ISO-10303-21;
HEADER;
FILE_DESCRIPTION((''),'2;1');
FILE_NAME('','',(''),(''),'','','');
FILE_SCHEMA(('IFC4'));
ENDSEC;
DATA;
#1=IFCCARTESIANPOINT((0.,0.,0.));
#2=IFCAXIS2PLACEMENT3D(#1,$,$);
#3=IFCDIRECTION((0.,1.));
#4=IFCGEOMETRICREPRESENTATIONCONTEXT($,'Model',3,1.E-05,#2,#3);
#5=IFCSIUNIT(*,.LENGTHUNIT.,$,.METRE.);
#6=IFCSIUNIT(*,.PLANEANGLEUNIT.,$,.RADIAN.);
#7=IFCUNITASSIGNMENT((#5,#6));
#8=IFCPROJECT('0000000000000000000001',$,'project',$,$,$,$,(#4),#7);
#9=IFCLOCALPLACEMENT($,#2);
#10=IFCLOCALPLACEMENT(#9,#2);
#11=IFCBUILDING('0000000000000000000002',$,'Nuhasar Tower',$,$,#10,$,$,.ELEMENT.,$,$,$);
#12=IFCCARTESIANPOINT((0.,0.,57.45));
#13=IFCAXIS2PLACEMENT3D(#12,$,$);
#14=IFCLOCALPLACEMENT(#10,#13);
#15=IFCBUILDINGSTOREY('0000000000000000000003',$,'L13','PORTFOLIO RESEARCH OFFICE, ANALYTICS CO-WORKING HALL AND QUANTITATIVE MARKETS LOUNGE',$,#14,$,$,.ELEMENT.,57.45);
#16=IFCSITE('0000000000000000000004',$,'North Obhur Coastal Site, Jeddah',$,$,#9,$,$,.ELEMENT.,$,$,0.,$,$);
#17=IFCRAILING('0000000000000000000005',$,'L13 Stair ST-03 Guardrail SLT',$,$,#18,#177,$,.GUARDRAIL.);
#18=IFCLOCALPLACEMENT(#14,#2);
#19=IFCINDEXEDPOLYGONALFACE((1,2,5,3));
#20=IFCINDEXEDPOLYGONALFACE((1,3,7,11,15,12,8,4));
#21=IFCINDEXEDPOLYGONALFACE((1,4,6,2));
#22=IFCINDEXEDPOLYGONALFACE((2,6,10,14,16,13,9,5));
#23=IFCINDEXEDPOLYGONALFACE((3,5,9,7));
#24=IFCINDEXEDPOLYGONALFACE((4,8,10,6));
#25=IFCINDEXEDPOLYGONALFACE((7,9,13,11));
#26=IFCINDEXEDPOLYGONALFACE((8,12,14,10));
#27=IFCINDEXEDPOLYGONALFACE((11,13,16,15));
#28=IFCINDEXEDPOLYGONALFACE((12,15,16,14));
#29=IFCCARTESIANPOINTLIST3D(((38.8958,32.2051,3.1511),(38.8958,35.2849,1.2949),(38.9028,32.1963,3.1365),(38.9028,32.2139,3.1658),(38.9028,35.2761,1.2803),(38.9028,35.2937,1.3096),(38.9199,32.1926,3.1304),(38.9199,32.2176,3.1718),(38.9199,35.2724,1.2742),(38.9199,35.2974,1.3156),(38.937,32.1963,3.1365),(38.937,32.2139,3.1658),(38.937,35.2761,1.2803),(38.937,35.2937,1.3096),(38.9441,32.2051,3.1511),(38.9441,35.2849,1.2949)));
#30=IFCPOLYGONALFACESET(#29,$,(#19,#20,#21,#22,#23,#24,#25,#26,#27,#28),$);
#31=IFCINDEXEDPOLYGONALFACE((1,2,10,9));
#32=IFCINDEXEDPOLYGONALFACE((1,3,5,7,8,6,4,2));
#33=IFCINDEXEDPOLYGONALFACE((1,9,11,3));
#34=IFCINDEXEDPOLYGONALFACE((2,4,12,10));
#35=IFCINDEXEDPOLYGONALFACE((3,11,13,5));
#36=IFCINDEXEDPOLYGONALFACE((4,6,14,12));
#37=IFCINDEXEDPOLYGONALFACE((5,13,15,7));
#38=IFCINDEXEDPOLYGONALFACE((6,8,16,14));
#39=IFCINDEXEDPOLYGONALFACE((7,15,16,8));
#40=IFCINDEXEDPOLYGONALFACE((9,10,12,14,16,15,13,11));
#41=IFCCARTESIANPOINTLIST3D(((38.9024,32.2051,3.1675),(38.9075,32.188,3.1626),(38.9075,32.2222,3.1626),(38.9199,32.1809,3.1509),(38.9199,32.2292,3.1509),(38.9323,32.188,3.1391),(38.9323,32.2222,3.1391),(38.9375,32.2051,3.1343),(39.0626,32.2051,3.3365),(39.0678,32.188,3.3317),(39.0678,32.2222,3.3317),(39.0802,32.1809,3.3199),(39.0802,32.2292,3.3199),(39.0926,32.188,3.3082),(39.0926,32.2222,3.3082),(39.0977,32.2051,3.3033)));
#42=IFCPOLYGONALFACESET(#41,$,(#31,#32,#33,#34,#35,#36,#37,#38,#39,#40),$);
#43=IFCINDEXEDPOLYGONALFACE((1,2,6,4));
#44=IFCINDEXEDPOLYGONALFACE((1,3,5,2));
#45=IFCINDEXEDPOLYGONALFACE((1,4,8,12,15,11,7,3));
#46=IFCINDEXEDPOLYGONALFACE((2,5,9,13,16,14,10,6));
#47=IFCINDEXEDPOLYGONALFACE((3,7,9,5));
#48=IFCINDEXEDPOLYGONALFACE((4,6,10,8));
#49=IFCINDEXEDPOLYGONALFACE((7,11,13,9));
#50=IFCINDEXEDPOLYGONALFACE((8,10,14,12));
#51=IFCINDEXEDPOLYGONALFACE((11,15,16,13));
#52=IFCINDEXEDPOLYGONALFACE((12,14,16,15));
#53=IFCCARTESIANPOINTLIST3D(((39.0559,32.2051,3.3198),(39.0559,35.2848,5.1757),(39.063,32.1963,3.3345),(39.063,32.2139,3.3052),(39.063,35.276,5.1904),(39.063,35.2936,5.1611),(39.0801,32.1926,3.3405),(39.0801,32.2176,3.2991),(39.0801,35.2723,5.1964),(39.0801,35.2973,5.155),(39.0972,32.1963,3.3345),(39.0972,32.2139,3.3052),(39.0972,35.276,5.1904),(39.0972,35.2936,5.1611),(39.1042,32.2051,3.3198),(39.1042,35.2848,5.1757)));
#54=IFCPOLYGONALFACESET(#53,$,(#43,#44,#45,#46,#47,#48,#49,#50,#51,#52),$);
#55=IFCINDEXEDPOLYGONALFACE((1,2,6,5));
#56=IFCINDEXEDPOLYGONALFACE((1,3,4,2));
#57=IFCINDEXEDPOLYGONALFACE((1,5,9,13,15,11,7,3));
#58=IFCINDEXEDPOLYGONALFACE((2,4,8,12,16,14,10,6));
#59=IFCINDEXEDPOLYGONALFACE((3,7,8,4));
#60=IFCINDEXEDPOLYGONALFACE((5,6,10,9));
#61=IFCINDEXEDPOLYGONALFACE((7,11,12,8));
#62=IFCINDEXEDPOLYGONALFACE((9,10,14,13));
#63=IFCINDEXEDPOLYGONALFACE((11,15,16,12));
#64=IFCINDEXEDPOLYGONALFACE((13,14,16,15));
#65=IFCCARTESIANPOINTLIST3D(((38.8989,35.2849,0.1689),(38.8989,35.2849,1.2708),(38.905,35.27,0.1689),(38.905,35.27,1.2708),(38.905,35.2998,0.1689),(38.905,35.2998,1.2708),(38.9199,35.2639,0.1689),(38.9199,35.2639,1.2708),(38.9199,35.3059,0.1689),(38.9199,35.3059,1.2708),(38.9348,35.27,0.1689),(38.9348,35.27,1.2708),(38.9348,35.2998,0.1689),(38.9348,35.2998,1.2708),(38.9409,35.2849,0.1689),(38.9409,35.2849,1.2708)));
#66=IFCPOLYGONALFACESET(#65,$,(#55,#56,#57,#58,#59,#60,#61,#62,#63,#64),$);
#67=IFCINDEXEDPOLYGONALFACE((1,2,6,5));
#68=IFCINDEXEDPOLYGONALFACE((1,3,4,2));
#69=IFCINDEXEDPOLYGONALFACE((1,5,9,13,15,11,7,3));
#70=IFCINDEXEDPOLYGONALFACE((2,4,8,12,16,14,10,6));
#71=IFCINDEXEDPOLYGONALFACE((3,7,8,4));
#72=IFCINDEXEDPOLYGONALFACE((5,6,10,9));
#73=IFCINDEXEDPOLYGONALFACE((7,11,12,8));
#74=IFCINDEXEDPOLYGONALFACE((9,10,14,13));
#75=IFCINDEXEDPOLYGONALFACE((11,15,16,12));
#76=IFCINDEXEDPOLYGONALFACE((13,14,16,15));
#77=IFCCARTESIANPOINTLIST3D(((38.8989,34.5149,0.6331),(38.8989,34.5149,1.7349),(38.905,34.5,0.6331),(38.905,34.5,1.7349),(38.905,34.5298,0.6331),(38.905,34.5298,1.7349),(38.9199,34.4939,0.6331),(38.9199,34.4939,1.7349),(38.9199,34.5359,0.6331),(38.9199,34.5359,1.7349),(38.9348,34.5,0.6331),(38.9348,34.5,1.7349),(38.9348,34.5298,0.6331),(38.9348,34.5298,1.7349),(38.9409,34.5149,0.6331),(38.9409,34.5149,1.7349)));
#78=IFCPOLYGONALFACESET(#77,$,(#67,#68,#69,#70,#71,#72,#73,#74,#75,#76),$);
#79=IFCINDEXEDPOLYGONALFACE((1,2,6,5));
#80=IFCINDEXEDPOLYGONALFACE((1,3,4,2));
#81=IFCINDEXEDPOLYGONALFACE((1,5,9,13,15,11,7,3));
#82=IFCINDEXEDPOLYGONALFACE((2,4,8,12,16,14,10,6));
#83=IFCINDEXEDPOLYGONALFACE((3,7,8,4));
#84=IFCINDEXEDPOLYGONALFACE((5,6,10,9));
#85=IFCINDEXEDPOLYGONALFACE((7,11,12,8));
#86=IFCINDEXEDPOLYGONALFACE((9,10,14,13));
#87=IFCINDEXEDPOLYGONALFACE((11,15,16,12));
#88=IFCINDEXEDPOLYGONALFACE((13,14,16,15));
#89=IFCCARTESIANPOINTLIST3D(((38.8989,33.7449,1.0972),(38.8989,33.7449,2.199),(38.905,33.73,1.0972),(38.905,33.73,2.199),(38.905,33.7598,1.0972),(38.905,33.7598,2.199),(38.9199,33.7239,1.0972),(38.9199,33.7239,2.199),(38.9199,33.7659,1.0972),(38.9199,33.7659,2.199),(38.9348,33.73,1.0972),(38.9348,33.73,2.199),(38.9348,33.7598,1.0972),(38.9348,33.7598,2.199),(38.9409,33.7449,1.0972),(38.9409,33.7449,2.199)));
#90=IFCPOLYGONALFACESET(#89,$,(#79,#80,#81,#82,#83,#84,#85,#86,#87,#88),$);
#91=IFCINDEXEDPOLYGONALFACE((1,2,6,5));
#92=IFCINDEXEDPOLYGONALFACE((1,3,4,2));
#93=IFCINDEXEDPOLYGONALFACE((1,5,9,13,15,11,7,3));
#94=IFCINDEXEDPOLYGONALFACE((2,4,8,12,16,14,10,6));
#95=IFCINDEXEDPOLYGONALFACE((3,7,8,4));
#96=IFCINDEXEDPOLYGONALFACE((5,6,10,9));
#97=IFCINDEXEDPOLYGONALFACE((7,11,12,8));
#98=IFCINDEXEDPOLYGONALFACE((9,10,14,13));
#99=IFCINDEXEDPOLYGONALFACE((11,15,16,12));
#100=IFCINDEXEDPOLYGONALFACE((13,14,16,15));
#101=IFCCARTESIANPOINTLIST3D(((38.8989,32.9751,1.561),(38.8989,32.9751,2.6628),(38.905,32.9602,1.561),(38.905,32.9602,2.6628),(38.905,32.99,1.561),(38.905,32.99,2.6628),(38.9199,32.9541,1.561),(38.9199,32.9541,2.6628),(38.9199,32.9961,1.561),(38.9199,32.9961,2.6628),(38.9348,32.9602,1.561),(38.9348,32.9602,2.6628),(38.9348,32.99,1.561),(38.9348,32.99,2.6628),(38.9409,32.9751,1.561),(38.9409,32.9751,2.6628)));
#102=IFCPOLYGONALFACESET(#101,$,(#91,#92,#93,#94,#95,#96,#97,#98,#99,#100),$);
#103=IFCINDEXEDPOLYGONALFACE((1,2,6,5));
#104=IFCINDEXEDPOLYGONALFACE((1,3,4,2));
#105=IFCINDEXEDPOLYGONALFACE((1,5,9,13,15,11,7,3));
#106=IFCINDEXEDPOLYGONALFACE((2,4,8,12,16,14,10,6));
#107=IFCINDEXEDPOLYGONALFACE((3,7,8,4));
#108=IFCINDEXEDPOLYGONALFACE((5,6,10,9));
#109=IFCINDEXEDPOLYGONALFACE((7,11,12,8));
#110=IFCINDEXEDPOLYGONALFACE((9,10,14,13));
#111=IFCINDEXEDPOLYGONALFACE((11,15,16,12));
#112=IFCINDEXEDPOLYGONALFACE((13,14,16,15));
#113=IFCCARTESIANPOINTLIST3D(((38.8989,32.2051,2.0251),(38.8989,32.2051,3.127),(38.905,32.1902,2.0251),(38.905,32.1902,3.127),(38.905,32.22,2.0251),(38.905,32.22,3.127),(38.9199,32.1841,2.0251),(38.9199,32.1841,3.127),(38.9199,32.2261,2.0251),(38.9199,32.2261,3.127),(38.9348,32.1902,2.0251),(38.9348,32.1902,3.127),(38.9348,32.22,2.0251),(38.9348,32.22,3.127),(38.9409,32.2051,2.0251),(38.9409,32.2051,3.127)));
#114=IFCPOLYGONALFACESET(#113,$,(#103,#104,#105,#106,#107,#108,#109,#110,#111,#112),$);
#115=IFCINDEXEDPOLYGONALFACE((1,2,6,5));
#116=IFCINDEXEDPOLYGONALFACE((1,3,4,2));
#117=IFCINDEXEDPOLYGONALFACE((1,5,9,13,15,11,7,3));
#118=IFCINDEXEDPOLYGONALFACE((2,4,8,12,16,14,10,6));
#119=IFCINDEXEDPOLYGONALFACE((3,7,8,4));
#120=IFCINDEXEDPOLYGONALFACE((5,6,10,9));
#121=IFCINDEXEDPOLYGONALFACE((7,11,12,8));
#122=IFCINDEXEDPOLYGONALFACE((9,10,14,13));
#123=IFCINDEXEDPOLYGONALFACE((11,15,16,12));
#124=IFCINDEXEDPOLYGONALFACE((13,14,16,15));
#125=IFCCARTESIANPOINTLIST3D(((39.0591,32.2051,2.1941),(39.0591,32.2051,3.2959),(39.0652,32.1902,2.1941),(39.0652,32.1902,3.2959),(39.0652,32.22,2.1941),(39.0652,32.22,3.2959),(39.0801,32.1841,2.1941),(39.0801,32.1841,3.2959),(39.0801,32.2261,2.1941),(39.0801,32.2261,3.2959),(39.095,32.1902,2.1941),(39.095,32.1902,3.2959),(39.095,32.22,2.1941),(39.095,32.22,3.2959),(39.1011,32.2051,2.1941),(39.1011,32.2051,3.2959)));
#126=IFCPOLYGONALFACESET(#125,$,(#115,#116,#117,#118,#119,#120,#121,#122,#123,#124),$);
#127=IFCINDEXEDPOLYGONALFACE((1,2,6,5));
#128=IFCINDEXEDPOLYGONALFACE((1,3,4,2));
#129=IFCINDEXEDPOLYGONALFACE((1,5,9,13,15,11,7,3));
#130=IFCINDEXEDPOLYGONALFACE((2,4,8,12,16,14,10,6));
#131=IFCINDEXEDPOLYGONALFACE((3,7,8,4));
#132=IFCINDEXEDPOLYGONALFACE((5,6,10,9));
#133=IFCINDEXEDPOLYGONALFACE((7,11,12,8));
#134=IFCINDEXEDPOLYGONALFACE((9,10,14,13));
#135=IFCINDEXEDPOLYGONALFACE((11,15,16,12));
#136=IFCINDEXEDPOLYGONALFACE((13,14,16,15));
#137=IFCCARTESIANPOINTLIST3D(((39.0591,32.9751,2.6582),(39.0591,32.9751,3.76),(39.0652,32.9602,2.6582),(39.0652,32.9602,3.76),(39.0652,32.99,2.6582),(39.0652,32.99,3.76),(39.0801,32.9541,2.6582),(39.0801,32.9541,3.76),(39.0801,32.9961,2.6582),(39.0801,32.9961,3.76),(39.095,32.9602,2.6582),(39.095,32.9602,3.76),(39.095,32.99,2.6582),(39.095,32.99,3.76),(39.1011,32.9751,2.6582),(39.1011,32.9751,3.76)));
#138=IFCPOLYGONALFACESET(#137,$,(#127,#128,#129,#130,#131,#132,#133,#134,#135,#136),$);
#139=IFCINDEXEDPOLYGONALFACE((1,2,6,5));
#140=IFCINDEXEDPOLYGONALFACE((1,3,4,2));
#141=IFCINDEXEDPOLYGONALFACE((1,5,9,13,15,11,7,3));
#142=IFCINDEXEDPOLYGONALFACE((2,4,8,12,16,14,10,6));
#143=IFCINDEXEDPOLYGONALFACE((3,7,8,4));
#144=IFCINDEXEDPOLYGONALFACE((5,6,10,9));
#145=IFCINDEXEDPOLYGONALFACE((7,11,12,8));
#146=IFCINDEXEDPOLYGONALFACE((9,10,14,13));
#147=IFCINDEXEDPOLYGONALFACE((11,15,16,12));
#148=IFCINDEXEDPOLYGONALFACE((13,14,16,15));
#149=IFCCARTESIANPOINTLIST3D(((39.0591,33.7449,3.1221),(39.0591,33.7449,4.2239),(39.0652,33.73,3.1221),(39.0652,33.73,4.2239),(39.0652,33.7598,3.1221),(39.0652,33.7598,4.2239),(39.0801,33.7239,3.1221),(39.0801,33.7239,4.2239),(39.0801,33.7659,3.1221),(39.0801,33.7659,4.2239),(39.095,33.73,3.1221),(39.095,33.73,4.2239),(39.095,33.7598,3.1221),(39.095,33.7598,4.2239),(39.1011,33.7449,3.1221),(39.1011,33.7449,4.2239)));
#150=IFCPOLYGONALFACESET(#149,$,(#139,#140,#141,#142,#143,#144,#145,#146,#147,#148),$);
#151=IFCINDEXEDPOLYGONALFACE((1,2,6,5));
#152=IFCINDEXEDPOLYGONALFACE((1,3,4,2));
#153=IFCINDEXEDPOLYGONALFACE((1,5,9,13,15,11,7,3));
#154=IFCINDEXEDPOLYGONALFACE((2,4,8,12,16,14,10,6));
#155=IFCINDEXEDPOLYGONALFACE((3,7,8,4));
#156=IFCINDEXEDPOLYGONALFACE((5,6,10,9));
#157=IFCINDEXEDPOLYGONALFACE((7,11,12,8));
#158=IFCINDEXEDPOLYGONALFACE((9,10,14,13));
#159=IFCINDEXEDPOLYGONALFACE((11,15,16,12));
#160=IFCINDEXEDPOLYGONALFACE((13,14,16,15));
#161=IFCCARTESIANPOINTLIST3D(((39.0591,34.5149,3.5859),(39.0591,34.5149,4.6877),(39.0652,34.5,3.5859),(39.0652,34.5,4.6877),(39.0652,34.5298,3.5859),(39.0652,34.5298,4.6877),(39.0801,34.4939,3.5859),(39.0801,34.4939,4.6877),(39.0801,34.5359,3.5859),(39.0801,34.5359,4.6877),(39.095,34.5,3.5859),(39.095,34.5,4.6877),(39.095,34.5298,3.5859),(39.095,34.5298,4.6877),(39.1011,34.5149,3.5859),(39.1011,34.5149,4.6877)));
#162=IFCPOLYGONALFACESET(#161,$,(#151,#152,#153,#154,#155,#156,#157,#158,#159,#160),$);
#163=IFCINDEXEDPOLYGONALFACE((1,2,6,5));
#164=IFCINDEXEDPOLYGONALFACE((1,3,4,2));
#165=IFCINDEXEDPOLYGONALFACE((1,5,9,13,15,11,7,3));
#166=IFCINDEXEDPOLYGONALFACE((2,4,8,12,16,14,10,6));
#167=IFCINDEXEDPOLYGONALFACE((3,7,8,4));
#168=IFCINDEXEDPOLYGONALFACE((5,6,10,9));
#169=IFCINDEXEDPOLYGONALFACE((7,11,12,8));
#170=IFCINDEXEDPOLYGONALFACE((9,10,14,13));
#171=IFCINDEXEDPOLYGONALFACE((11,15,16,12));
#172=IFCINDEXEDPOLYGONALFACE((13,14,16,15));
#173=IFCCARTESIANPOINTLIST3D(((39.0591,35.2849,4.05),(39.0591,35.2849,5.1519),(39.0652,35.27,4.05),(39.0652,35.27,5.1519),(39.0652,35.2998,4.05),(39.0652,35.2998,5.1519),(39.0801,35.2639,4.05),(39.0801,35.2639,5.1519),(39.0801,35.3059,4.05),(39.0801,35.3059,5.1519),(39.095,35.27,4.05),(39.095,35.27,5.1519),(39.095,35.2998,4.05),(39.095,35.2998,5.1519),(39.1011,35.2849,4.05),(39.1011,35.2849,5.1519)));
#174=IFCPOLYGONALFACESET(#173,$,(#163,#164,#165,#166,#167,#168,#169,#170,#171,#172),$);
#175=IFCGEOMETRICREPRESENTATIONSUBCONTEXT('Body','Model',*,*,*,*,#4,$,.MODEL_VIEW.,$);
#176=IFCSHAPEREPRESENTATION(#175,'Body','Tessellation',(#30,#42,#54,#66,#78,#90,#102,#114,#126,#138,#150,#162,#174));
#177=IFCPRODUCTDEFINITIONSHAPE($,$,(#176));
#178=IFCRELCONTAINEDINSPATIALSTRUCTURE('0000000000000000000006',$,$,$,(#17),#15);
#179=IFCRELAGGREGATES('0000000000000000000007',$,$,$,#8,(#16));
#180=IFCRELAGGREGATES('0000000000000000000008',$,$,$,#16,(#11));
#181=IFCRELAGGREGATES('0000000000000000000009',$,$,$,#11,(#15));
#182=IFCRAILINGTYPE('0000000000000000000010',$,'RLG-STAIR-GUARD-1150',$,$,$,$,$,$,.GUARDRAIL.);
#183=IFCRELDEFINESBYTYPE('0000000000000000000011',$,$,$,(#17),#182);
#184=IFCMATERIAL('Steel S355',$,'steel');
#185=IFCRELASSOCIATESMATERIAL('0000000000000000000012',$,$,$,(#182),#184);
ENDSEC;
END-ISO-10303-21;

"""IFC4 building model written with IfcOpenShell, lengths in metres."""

from ifc_helpers import new_model, si_unit, direction, frame, origin, place, context, subcontext, project, spatial, polyline, outline, extrude, material, type_object, element, save


model = new_model("IFC4")

# Units and contexts
model_context = context("Model", 3, precision=1e-05, world=origin(), true_north=direction((0.0, 1.0)))
body_context = subcontext(model_context, "Body", "Model", "MODEL_VIEW")
ifc_project = project(units=[si_unit("LENGTHUNIT", "METRE"), si_unit("PLANEANGLEUNIT", "RADIAN")], contexts=[model_context])

# Site, building, storey
site_placement = place(None, origin())
site = spatial("IfcSite", under=ifc_project, at=site_placement, Name="North Obhur Coastal Site, Jeddah", CompositionType="ELEMENT", RefElevation=0.0)
building_placement = place(site_placement, origin())
building = spatial("IfcBuilding", under=site, at=building_placement, Name="Nuhasar Tower", CompositionType="ELEMENT")
storey_placement = place(building_placement, frame((0.0, 0.0, 57.45)))
storey = spatial("IfcBuildingStorey", under=building, at=storey_placement, Name="L13", Description="PORTFOLIO RESEARCH OFFICE, ANALYTICS CO-WORKING HALL AND QUANTITATIVE MARKETS LOUNGE", CompositionType="ELEMENT", Elevation=57.45)

# Shared definitions
ifc_material_1 = material(Name="Steel S355", Category="steel")

# Railing
railing_type_1 = type_object("IfcRailingType", Name="RLG-STAIR-GUARD-1150", PredefinedType="GUARDRAIL", material=ifc_material_1)
railing_1_placement = place(storey_placement, frame((38.9199, 35.2849, 0.1689)))
element("IfcRailing", 1, at=railing_1_placement, inside=storey, type_object=railing_type_1, Name="L13 Stair ST-03 Guardrail SLT", PredefinedType="GUARDRAIL", context=body_context, shape_type="SweptSolid", body=[
    extrude(outline(polyline([(0.0242, 0.0), (0.0171, 0.0171), (0.0, 0.0242), (-0.0171, 0.0171), (-0.0242, 0.0), (-0.0171, -0.0171), (0.0, -0.0242), (0.0171, -0.0171), (0.0242, 0.0)])), frame((0.0, 0.0, 1.126), z_axis=(0.0, -0.856473, 0.516192), x_axis=(1.0, 0.0, 0.0)), (0.0, 0.0, 1.0), 3.5959),
    extrude(outline(polyline([(0.0242, 0.0), (0.0171, 0.0171), (0.0, 0.0242), (-0.0171, 0.0171), (-0.0242, 0.0), (-0.0171, -0.0171), (0.0, -0.0242), (0.0171, -0.0171), (0.0242, 0.0)])), frame((0.0, -3.0798, 2.9819), z_axis=(0.687977, 0.0, 0.725732), x_axis=(0.0, 1.0, 0.0)), (0.0, 0.0, 1.0), 0.2329),
    extrude(outline(polyline([(0.0242, 0.0), (0.0171, 0.0171), (0.0, 0.0242), (-0.0171, 0.0171), (-0.0242, 0.0), (-0.0171, -0.0171), (0.0, -0.0242), (0.0171, -0.0171), (0.0242, 0.0)])), frame((0.1602, -3.0798, 3.1509), z_axis=(0.0, 0.856503, 0.516142), x_axis=(-1.0, 0.0, 0.0)), (0.0, 0.0, 1.0), 3.5957),
    extrude(outline(polyline([(0.021, 0.0), (0.0149, 0.0149), (0.0, 0.021), (-0.0149, 0.0149), (-0.021, 0.0), (-0.0149, -0.0149), (0.0, -0.021), (0.0149, -0.0149), (0.021, 0.0)])), origin(), (0.0, 0.0, 1.0), 1.1018),
    extrude(outline(polyline([(0.021, 0.0), (0.0149, 0.0149), (0.0, 0.021), (-0.0149, 0.0149), (-0.021, 0.0), (-0.0149, -0.0149), (0.0, -0.021), (0.0149, -0.0149), (0.021, 0.0)])), frame((0.0, -0.77, 0.4641)), (0.0, 0.0, 1.0), 1.1018),
    extrude(outline(polyline([(0.021, 0.0), (0.0149, 0.0149), (0.0, 0.021), (-0.0149, 0.0149), (-0.021, 0.0), (-0.0149, -0.0149), (0.0, -0.021), (0.0149, -0.0149), (0.021, 0.0)])), frame((0.0, -1.54, 0.9282)), (0.0, 0.0, 1.0), 1.1018),
    extrude(outline(polyline([(0.021, 0.0), (0.0149, 0.0149), (0.0, 0.021), (-0.0149, 0.0149), (-0.021, 0.0), (-0.0149, -0.0149), (0.0, -0.021), (0.0149, -0.0149), (0.021, 0.0)])), frame((0.0, -2.3098, 1.3921)), (0.0, 0.0, 1.0), 1.1018),
    extrude(outline(polyline([(0.021, 0.0), (0.0149, 0.0149), (0.0, 0.021), (-0.0149, 0.0149), (-0.021, 0.0), (-0.0149, -0.0149), (0.0, -0.021), (0.0149, -0.0149), (0.021, 0.0)])), frame((0.0, -3.0798, 1.8562)), (0.0, 0.0, 1.0), 1.1018),
    extrude(outline(polyline([(0.021, 0.0), (0.0149, 0.0149), (0.0, 0.021), (-0.0149, 0.0149), (-0.021, 0.0), (-0.0149, -0.0149), (0.0, -0.021), (0.0149, -0.0149), (0.021, 0.0)])), frame((0.1602, -3.0798, 2.0251)), (0.0, 0.0, 1.0), 1.1018),
    extrude(outline(polyline([(0.021, 0.0), (0.0149, 0.0149), (0.0, 0.021), (-0.0149, 0.0149), (-0.021, 0.0), (-0.0149, -0.0149), (0.0, -0.021), (0.0149, -0.0149), (0.021, 0.0)])), frame((0.1602, -2.3098, 2.4893)), (0.0, 0.0, 1.0), 1.1018),
    extrude(outline(polyline([(0.021, 0.0), (0.0149, 0.0149), (0.0, 0.021), (-0.0149, 0.0149), (-0.021, 0.0), (-0.0149, -0.0149), (0.0, -0.021), (0.0149, -0.0149), (0.021, 0.0)])), frame((0.1602, -1.54, 2.9531)), (0.0, 0.0, 1.0), 1.1018),
    extrude(outline(polyline([(0.021, 0.0), (0.0149, 0.0149), (0.0, 0.021), (-0.0149, 0.0149), (-0.021, 0.0), (-0.0149, -0.0149), (0.0, -0.021), (0.0149, -0.0149), (0.021, 0.0)])), frame((0.1602, -0.77, 3.417)), (0.0, 0.0, 1.0), 1.1018),
    extrude(outline(polyline([(0.021, 0.0), (0.0149, 0.0149), (0.0, 0.021), (-0.0149, 0.0149), (-0.021, 0.0), (-0.0149, -0.0149), (0.0, -0.021), (0.0149, -0.0149), (0.021, 0.0)])), frame((0.1602, 0.0, 3.8811)), (0.0, 0.0, 1.0), 1.1018),
])

save(model, "model.ifc")
